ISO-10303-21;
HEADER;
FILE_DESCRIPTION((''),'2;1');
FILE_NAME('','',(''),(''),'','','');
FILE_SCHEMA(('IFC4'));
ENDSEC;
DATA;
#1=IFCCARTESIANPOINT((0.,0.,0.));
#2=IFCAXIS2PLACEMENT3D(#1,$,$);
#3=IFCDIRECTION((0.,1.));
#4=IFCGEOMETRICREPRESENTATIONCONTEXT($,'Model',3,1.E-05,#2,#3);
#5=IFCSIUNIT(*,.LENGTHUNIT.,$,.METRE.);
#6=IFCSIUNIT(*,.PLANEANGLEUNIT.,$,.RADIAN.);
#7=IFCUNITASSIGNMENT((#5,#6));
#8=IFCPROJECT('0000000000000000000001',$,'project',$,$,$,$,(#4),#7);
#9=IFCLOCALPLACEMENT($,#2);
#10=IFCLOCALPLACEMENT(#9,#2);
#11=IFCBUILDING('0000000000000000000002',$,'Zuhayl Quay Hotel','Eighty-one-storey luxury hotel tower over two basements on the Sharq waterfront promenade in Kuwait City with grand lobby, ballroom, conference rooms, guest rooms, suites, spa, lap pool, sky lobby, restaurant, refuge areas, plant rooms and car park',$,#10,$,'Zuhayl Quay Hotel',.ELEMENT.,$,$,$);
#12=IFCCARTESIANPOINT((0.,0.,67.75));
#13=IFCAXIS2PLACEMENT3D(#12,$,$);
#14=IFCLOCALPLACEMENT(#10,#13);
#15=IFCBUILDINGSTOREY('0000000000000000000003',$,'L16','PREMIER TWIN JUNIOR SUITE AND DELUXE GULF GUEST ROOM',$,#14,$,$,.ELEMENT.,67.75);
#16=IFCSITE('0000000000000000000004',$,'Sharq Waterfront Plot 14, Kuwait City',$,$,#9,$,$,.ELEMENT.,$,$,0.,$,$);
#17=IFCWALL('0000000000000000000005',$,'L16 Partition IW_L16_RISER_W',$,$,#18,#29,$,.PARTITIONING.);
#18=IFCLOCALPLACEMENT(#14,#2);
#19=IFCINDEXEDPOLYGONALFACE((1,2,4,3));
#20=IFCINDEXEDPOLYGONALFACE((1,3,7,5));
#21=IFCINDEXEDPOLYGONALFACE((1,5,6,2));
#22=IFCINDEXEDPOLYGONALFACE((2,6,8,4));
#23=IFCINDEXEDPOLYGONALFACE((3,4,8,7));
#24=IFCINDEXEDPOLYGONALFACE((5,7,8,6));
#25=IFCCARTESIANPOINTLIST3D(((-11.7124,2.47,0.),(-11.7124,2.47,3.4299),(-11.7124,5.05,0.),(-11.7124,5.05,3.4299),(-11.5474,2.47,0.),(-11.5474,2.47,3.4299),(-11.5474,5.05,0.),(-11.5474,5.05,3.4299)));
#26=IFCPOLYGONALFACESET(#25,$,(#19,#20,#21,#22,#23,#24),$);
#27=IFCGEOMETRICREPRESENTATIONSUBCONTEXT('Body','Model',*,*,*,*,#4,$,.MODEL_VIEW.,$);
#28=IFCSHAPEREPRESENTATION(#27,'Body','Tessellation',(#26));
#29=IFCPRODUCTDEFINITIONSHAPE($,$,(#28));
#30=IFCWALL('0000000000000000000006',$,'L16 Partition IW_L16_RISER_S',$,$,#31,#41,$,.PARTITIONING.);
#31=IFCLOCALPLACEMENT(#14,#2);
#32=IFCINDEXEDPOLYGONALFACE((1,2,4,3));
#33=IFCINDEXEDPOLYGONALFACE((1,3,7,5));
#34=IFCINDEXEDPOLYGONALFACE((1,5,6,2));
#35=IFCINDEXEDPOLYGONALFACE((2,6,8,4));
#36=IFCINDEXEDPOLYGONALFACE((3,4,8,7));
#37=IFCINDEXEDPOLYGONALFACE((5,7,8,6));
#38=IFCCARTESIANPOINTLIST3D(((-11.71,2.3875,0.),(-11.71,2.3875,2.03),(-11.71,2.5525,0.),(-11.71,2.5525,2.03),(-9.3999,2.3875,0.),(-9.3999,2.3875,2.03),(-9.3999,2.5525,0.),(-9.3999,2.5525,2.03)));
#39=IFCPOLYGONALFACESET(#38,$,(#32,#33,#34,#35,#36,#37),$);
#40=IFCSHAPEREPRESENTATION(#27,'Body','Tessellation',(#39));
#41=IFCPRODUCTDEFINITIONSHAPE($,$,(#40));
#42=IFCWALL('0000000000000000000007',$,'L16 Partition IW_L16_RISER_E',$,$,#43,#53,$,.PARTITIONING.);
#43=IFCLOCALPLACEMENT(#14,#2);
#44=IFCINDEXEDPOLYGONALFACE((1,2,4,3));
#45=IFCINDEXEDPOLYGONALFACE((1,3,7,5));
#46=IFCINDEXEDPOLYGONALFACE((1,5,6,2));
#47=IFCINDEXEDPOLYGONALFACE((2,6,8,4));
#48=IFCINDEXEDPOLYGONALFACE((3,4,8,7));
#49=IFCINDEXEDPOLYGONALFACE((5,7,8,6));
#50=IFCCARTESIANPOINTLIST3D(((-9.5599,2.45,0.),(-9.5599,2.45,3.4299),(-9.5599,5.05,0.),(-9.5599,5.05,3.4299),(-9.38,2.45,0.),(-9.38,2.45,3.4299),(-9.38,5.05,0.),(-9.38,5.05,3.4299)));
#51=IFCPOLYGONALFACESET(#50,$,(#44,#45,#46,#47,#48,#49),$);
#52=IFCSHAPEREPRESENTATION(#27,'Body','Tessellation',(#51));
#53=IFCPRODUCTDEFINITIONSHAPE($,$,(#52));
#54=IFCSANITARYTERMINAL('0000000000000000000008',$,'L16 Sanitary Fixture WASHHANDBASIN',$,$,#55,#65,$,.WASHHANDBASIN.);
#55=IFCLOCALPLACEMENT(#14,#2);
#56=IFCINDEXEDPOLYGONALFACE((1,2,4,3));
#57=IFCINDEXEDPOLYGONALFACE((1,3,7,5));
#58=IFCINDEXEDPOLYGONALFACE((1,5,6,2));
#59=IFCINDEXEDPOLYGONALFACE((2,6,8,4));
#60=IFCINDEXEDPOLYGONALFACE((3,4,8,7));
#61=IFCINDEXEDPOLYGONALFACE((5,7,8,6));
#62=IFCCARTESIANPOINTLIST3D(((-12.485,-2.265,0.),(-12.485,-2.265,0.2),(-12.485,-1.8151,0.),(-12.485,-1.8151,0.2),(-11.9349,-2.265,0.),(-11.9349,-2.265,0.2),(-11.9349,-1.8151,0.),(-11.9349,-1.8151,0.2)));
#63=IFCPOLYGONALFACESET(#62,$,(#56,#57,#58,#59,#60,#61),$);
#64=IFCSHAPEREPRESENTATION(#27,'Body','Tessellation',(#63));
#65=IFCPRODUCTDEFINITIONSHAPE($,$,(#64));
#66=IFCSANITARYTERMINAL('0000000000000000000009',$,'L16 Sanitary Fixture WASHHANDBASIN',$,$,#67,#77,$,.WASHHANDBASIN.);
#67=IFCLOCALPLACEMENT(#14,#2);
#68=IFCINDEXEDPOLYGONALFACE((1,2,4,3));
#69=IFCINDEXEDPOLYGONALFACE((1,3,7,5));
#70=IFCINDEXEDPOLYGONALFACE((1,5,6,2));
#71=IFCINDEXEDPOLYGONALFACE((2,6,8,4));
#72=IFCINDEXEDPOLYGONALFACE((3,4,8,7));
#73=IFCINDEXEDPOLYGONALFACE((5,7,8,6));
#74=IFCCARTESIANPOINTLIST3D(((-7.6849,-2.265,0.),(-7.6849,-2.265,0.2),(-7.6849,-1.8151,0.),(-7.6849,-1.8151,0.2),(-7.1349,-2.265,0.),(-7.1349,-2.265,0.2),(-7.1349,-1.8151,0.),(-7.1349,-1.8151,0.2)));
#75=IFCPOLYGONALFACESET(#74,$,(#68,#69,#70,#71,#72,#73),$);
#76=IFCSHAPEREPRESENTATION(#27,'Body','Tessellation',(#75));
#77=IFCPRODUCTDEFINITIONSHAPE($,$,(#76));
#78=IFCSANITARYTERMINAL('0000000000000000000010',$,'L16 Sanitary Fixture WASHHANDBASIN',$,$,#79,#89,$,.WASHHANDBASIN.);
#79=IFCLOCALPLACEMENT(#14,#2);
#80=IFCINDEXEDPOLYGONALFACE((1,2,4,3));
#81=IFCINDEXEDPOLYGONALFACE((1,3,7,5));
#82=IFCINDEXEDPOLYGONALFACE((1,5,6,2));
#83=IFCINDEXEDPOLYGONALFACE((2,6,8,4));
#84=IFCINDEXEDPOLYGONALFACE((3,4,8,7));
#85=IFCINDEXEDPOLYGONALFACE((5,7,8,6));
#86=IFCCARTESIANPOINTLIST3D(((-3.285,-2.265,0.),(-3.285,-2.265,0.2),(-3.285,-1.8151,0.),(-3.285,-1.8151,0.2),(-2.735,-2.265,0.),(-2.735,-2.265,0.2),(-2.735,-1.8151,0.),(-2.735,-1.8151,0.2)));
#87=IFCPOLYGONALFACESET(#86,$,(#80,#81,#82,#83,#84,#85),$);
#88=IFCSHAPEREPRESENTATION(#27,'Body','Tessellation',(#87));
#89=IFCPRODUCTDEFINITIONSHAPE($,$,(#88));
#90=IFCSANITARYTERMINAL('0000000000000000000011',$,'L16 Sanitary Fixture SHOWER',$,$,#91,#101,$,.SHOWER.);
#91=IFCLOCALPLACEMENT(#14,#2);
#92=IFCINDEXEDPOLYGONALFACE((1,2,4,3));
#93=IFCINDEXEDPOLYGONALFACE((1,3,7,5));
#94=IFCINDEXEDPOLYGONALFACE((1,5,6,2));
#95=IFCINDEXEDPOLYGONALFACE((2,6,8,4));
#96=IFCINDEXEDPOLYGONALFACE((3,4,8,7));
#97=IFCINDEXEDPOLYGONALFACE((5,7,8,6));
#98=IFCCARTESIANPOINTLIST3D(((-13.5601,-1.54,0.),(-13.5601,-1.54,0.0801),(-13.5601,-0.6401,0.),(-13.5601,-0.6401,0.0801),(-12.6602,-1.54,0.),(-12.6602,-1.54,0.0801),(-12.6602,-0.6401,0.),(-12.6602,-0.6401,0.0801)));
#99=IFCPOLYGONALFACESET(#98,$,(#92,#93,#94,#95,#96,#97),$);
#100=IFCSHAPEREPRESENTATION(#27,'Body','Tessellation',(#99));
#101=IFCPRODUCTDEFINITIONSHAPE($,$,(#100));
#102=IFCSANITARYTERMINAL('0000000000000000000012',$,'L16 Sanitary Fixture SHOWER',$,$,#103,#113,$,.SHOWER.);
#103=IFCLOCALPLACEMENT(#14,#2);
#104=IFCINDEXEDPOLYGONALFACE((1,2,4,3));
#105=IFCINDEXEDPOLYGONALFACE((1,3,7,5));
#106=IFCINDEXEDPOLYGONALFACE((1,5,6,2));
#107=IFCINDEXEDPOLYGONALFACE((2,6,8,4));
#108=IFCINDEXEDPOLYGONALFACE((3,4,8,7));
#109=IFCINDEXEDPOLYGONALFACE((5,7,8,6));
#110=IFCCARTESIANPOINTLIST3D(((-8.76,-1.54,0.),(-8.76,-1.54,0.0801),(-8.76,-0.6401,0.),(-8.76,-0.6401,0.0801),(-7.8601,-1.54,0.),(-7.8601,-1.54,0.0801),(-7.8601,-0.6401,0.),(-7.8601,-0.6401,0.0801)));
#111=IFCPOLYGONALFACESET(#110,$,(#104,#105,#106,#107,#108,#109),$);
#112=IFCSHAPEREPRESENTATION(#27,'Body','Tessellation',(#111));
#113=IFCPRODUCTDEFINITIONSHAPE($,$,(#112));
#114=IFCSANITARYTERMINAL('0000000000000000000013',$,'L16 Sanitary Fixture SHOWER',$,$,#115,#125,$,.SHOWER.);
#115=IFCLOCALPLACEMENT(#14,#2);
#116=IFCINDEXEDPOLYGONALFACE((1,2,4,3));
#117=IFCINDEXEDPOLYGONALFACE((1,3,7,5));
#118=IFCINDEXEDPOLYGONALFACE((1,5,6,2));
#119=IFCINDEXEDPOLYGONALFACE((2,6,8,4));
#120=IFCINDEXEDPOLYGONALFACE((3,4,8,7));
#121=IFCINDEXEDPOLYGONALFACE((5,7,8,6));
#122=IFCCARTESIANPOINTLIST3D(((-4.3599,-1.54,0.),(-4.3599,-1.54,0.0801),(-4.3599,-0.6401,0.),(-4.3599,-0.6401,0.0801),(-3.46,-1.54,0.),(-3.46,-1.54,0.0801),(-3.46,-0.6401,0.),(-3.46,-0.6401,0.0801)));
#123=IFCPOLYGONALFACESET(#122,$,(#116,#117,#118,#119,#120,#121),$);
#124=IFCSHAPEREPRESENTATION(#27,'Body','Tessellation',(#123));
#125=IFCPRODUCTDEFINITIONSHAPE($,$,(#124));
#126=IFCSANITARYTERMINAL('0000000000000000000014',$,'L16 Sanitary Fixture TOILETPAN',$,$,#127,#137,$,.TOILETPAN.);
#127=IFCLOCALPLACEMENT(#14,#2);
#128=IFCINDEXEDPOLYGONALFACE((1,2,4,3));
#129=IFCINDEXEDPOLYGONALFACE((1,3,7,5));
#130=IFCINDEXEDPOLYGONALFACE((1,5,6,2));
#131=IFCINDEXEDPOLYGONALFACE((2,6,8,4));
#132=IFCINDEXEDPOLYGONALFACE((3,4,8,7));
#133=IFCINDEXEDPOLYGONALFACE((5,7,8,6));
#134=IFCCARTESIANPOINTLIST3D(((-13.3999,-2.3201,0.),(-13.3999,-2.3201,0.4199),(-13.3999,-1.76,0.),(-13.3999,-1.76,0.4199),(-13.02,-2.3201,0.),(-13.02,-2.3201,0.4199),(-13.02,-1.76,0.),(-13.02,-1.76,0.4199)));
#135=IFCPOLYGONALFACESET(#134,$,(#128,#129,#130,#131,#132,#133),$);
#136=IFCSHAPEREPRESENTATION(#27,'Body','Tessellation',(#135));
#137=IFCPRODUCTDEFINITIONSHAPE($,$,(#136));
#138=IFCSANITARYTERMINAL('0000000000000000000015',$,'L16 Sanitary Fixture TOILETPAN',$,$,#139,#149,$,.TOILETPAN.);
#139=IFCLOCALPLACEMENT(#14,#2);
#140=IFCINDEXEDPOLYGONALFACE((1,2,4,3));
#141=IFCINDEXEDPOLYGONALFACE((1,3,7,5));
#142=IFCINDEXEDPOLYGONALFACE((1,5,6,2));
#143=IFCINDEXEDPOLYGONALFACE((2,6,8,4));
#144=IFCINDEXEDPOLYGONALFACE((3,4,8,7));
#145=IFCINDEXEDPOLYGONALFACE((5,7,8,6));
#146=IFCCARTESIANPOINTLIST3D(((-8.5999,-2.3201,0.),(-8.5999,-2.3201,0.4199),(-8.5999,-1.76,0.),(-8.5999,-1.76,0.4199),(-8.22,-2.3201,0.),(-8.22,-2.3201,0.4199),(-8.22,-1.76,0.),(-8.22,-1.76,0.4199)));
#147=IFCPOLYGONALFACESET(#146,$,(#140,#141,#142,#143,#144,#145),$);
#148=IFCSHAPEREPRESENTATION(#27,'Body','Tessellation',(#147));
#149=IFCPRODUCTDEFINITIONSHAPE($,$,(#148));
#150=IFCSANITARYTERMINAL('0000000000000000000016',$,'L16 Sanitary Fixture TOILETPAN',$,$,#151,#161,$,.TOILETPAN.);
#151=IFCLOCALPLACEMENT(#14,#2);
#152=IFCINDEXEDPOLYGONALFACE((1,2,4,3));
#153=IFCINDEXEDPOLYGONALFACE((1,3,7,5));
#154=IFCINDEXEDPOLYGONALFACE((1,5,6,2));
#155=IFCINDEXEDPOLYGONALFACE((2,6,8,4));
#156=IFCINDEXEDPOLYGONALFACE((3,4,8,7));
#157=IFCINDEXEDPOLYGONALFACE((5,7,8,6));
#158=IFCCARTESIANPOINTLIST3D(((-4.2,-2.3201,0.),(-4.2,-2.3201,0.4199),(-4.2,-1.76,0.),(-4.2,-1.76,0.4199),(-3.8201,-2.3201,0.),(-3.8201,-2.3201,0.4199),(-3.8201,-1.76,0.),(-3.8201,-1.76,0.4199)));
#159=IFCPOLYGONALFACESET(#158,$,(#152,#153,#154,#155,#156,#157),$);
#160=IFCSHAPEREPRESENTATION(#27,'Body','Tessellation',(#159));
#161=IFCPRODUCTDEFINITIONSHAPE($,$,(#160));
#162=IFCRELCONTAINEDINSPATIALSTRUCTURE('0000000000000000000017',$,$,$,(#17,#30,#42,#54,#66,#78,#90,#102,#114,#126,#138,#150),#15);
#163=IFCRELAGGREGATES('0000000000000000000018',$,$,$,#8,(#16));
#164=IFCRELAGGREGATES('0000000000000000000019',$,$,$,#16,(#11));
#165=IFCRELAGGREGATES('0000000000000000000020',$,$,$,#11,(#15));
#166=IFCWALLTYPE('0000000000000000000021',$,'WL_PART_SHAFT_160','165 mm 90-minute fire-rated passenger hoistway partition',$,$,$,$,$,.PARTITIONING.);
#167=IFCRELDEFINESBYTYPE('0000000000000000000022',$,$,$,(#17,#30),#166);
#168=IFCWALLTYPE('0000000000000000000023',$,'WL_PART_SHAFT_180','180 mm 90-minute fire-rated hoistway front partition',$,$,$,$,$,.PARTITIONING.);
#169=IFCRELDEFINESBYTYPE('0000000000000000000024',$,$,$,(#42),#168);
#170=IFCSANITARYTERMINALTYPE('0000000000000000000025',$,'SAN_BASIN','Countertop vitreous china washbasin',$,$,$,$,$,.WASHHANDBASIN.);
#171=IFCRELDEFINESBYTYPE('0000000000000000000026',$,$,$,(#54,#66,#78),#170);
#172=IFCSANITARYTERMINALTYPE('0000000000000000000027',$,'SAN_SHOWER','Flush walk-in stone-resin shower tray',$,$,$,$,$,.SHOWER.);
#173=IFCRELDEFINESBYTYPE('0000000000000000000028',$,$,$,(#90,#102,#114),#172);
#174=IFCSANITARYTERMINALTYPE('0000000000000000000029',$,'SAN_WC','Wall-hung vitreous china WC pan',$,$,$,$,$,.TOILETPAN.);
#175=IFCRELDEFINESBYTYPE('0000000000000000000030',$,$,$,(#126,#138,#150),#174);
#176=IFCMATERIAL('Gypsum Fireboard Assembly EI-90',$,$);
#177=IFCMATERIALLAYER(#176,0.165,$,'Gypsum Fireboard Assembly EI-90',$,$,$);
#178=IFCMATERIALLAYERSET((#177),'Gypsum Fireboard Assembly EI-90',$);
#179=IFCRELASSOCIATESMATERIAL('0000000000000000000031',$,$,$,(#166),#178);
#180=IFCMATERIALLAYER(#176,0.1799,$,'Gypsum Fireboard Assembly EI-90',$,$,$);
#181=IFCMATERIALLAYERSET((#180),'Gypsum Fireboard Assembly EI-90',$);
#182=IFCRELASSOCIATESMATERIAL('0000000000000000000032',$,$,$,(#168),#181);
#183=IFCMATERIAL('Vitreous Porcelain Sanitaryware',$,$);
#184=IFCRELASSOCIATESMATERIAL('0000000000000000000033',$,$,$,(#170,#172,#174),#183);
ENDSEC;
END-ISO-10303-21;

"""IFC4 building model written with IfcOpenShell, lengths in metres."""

from ifc_helpers import new_model, si_unit, direction, frame, frame_2d, origin, origin_2d, place, context, subcontext, project, spatial, rectangle, extrude, material, layer, layer_set, type_object, element, save


model = new_model("IFC4")

# Units and contexts
model_context = context("Model", 3, precision=1e-05, world=origin(), true_north=direction((0.0, 1.0)))
body_context = subcontext(model_context, "Body", "Model", "MODEL_VIEW")
ifc_project = project(units=[si_unit("LENGTHUNIT", "METRE"), si_unit("PLANEANGLEUNIT", "RADIAN")], contexts=[model_context])

# Site, building, storey
site_placement = place(None, origin())
site = spatial("IfcSite", under=ifc_project, at=site_placement, Name="Sharq Waterfront Plot 14, Kuwait City", CompositionType="ELEMENT", RefElevation=0.0)
building_placement = place(site_placement, origin())
building = spatial("IfcBuilding", under=site, at=building_placement, Name="Zuhayl Quay Hotel", Description="Eighty-one-storey luxury hotel tower over two basements on the Sharq waterfront promenade in Kuwait City with grand lobby, ballroom, conference rooms, guest rooms, suites, spa, lap pool, sky lobby, restaurant, refuge areas, plant rooms and car park", LongName="Zuhayl Quay Hotel", CompositionType="ELEMENT")
storey_placement = place(building_placement, frame((0.0, 0.0, 67.75)))
storey = spatial("IfcBuildingStorey", under=building, at=storey_placement, Name="L16", Description="PREMIER TWIN JUNIOR SUITE AND DELUXE GULF GUEST ROOM", CompositionType="ELEMENT", Elevation=67.75)

# Walls
ifc_material_1 = material(Name="Gypsum Fireboard Assembly EI-90")
ifc_layer_1 = layer(ifc_material_1, 0.165, Name="Gypsum Fireboard Assembly EI-90")
ifc_layer_set_1 = layer_set([ifc_layer_1], Name="Gypsum Fireboard Assembly EI-90")
wall_type_1 = type_object("IfcWallType", Name="WL_PART_SHAFT_160", Description="165 mm 90-minute fire-rated passenger hoistway partition", PredefinedType="PARTITIONING", material=ifc_layer_set_1)
wall_1_placement = place(storey_placement, frame((-11.6299, 2.47, 0.0), z_axis=(0.0, 0.0, 1.0), x_axis=(0.0, 1.0, 0.0)))
element("IfcWall", 1, at=wall_1_placement, inside=storey, type_object=wall_type_1, Name="L16 Partition IW_L16_RISER_W", PredefinedType="PARTITIONING", context=body_context, shape_type="SweptSolid", body=[
    extrude(rectangle(XDim=2.5801, YDim=0.165, at=frame_2d((1.29, 0.0))), origin(), (0.0, 0.0, 1.0), 3.4299),
])
wall_2_placement = place(storey_placement, frame((-11.71, 2.47, 0.0), z_axis=(0.0, 0.0, 1.0), x_axis=(1.0, 0.0, 0.0)))
element("IfcWall", 2, at=wall_2_placement, inside=storey, type_object=wall_type_1, Name="L16 Partition IW_L16_RISER_S", PredefinedType="PARTITIONING", context=body_context, shape_type="SweptSolid", body=[
    extrude(rectangle(XDim=2.3101, YDim=0.165, at=frame_2d((1.155, 0.0))), origin(), (0.0, 0.0, 1.0), 2.03),
])
ifc_layer_2 = layer(ifc_material_1, 0.1799, Name="Gypsum Fireboard Assembly EI-90")
ifc_layer_set_2 = layer_set([ifc_layer_2], Name="Gypsum Fireboard Assembly EI-90")
wall_type_2 = type_object("IfcWallType", Name="WL_PART_SHAFT_180", Description="180 mm 90-minute fire-rated hoistway front partition", PredefinedType="PARTITIONING", material=ifc_layer_set_2)
wall_3_placement = place(storey_placement, frame((-9.47, 2.45, 0.0), z_axis=(0.0, 0.0, 1.0), x_axis=(0.0, 1.0, 0.0)))
element("IfcWall", 3, at=wall_3_placement, inside=storey, type_object=wall_type_2, Name="L16 Partition IW_L16_RISER_E", PredefinedType="PARTITIONING", context=body_context, shape_type="SweptSolid", body=[
    extrude(rectangle(XDim=2.6001, YDim=0.1799, at=frame_2d((1.3, 0.0))), origin(), (0.0, 0.0, 1.0), 3.4299),
])

# Sanitary terminals
ifc_material_2 = material(Name="Vitreous Porcelain Sanitaryware")
sanitary_terminal_type_1 = type_object("IfcSanitaryTerminalType", Name="SAN_BASIN", Description="Countertop vitreous china washbasin", PredefinedType="WASHHANDBASIN", material=ifc_material_2)
for number, where, z_axis, x_axis, name in (
    (4, (-12.21, -2.04, 0.0), (0.0, 0.0, 1.0), (1.0, 0.0, 0.0), "L16 Sanitary Fixture WASHHANDBASIN"),
    (5, (-7.4099, -2.04, 0.0), (0.0, 0.0, 1.0), (1.0, 0.0, 0.0), "L16 Sanitary Fixture WASHHANDBASIN"),
    (6, (-3.01, -2.04, 0.0), (0.0, 0.0, 1.0), (1.0, 0.0, 0.0), "L16 Sanitary Fixture WASHHANDBASIN"),
):
    element("IfcSanitaryTerminal", number, at=place(storey_placement, frame(where, z_axis=z_axis, x_axis=x_axis)), inside=storey, type_object=sanitary_terminal_type_1, Name=name, PredefinedType="WASHHANDBASIN", context=body_context, shape_type="SweptSolid", body=[
        extrude(rectangle(XDim=0.55, YDim=0.45, at=origin_2d()), origin(), (0.0, 0.0, 1.0), 0.2),
    ])
sanitary_terminal_type_2 = type_object("IfcSanitaryTerminalType", Name="SAN_SHOWER", Description="Flush walk-in stone-resin shower tray", PredefinedType="SHOWER", material=ifc_material_2)
for number, where, z_axis, x_axis, name in (
    (7, (-13.1101, -1.0901, 0.0), (0.0, 0.0, 1.0), (1.0, 0.0, 0.0), "L16 Sanitary Fixture SHOWER"),
    (8, (-8.3101, -1.0901, 0.0), (0.0, 0.0, 1.0), (1.0, 0.0, 0.0), "L16 Sanitary Fixture SHOWER"),
    (9, (-3.9099, -1.0901, 0.0), (0.0, 0.0, 1.0), (1.0, 0.0, 0.0), "L16 Sanitary Fixture SHOWER"),
):
    element("IfcSanitaryTerminal", number, at=place(storey_placement, frame(where, z_axis=z_axis, x_axis=x_axis)), inside=storey, type_object=sanitary_terminal_type_2, Name=name, PredefinedType="SHOWER", context=body_context, shape_type="SweptSolid", body=[
        extrude(rectangle(XDim=0.8999, YDim=0.8999, at=origin_2d()), origin(), (0.0, 0.0, 1.0), 0.0801),
    ])
sanitary_terminal_type_3 = type_object("IfcSanitaryTerminalType", Name="SAN_WC", Description="Wall-hung vitreous china WC pan", PredefinedType="TOILETPAN", material=ifc_material_2)
for number, where, z_axis, x_axis, name in (
    (10, (-13.21, -2.04, 0.0), (0.0, 0.0, 1.0), (1.0, 0.0, 0.0), "L16 Sanitary Fixture TOILETPAN"),
    (11, (-8.4099, -2.04, 0.0), (0.0, 0.0, 1.0), (1.0, 0.0, 0.0), "L16 Sanitary Fixture TOILETPAN"),
    (12, (-4.01, -2.04, 0.0), (0.0, 0.0, 1.0), (1.0, 0.0, 0.0), "L16 Sanitary Fixture TOILETPAN"),
):
    element("IfcSanitaryTerminal", number, at=place(storey_placement, frame(where, z_axis=z_axis, x_axis=x_axis)), inside=storey, type_object=sanitary_terminal_type_3, Name=name, PredefinedType="TOILETPAN", context=body_context, shape_type="SweptSolid", body=[
        extrude(rectangle(XDim=0.3799, YDim=0.5601, at=origin_2d()), origin(), (0.0, 0.0, 1.0), 0.4199),
    ])

save(model, "model.ifc")
